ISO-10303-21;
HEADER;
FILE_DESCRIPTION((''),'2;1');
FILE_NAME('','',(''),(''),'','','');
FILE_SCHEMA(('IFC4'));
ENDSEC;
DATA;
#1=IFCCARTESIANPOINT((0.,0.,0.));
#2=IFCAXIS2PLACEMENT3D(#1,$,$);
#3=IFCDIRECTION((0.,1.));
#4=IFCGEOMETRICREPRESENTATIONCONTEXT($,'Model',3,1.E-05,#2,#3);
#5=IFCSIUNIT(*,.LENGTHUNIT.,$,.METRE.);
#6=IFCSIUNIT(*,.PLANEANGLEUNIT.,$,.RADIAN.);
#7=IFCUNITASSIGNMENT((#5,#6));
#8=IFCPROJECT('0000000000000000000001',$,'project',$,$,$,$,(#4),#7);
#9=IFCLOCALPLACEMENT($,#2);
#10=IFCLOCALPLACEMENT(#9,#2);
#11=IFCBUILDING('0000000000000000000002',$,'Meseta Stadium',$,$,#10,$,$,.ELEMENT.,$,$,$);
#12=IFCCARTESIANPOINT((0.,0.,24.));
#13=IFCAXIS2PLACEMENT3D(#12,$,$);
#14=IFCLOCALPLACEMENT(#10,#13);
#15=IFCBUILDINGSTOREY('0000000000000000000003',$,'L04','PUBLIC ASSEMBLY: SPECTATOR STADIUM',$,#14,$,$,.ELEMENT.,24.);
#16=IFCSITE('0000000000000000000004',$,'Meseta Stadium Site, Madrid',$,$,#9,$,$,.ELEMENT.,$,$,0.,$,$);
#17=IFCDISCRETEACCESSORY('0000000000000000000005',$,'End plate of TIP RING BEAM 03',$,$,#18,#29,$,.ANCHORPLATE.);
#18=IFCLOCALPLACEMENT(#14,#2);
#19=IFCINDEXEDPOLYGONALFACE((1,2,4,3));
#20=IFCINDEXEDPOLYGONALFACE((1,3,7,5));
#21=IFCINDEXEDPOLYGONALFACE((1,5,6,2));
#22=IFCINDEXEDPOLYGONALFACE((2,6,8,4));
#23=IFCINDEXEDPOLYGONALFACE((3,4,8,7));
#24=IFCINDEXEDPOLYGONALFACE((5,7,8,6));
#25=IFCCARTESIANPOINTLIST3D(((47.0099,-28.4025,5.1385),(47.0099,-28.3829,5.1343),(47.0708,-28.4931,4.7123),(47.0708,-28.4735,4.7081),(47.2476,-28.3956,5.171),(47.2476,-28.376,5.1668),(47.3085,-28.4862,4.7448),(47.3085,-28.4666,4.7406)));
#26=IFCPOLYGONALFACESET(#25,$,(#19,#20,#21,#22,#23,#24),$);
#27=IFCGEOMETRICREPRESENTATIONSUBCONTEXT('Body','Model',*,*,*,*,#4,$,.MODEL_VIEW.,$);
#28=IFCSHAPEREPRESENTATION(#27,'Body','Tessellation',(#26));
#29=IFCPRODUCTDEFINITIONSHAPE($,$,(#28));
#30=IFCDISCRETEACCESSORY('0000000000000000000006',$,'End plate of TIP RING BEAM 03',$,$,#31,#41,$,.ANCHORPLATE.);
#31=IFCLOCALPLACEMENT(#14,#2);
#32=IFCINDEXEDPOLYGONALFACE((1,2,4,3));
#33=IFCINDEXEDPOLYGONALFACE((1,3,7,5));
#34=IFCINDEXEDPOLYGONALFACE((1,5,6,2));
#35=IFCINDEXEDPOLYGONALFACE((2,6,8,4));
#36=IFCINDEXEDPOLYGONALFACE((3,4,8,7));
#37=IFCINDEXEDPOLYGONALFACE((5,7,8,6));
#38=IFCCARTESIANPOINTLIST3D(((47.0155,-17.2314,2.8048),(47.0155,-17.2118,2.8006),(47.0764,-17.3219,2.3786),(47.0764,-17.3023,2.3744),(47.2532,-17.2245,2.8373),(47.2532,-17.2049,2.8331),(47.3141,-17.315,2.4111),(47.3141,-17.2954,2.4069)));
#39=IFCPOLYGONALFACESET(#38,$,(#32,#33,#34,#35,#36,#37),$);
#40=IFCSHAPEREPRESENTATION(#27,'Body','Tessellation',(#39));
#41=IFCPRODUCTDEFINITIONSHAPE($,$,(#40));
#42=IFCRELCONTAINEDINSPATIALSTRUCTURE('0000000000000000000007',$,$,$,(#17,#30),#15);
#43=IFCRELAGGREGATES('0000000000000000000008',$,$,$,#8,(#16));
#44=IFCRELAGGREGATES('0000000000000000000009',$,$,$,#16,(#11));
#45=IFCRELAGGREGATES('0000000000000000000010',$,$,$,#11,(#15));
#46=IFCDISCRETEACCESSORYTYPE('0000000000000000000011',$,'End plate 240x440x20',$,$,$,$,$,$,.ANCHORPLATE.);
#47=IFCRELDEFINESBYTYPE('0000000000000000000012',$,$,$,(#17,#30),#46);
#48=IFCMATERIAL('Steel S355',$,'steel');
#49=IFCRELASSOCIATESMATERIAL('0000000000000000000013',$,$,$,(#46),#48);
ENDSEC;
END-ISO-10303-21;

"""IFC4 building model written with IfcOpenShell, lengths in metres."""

from ifc_helpers import new_model, si_unit, direction, frame, origin, origin_2d, place, context, subcontext, project, spatial, rectangle, extrude, material, material_profile, profile_set, type_object, element, save


model = new_model("IFC4")

# Units and contexts
model_context = context("Model", 3, precision=1e-05, world=origin(), true_north=direction((0.0, 1.0)))
body_context = subcontext(model_context, "Body", "Model", "MODEL_VIEW")
ifc_project = project(units=[si_unit("LENGTHUNIT", "METRE"), si_unit("PLANEANGLEUNIT", "RADIAN")], contexts=[model_context])

# Site, building, storey
site_placement = place(None, origin())
site = spatial("IfcSite", under=ifc_project, at=site_placement, Name="Meseta Stadium Site, Madrid", CompositionType="ELEMENT", RefElevation=0.0)
building_placement = place(site_placement, origin())
building = spatial("IfcBuilding", under=site, at=building_placement, Name="Meseta Stadium", CompositionType="ELEMENT")
storey_placement = place(building_placement, frame((0.0, 0.0, 24.0)))
storey = spatial("IfcBuildingStorey", under=building, at=storey_placement, Name="L04", Description="PUBLIC ASSEMBLY: SPECTATOR STADIUM", CompositionType="ELEMENT", Elevation=24.0)

# Discrete accessories
ifc_material_1 = material(Name="Steel S355", Category="steel")
ifc_material_profile_1 = material_profile(ifc_material_1, rectangle(XDim=0.24, YDim=0.4399, at=origin_2d()), Name="PL 240x440")
ifc_profile_set_1 = profile_set([ifc_material_profile_1], Name="Steel S355")
discrete_accessory_type_1 = type_object("IfcDiscreteAccessoryType", Name="End plate 240x440x20", PredefinedType="ANCHORPLATE", material=ifc_profile_set_1)
for number, where, z_axis, x_axis, name in (
    (1, (47.1592, -28.4443, 4.9417), (0.0, 0.978159, -0.207859), (-0.990374, -0.028771, -0.135395), "End plate of TIP RING BEAM 03"),
    (2, (47.1648, -17.2732, 2.6079), (0.0, 0.978159, -0.207859), (-0.990374, -0.028771, -0.135395), "End plate of TIP RING BEAM 03"),
):
    element("IfcDiscreteAccessory", number, at=place(storey_placement, frame(where, z_axis=z_axis, x_axis=x_axis)), inside=storey, type_object=discrete_accessory_type_1, Name=name, PredefinedType="ANCHORPLATE", context=body_context, shape_type="SweptSolid", body=[
        extrude(rectangle(XDim=0.24, YDim=0.4399, at=origin_2d()), origin(), (0.0, 0.0, 1.0), 0.02),
    ])

save(model, "model.ifc")
